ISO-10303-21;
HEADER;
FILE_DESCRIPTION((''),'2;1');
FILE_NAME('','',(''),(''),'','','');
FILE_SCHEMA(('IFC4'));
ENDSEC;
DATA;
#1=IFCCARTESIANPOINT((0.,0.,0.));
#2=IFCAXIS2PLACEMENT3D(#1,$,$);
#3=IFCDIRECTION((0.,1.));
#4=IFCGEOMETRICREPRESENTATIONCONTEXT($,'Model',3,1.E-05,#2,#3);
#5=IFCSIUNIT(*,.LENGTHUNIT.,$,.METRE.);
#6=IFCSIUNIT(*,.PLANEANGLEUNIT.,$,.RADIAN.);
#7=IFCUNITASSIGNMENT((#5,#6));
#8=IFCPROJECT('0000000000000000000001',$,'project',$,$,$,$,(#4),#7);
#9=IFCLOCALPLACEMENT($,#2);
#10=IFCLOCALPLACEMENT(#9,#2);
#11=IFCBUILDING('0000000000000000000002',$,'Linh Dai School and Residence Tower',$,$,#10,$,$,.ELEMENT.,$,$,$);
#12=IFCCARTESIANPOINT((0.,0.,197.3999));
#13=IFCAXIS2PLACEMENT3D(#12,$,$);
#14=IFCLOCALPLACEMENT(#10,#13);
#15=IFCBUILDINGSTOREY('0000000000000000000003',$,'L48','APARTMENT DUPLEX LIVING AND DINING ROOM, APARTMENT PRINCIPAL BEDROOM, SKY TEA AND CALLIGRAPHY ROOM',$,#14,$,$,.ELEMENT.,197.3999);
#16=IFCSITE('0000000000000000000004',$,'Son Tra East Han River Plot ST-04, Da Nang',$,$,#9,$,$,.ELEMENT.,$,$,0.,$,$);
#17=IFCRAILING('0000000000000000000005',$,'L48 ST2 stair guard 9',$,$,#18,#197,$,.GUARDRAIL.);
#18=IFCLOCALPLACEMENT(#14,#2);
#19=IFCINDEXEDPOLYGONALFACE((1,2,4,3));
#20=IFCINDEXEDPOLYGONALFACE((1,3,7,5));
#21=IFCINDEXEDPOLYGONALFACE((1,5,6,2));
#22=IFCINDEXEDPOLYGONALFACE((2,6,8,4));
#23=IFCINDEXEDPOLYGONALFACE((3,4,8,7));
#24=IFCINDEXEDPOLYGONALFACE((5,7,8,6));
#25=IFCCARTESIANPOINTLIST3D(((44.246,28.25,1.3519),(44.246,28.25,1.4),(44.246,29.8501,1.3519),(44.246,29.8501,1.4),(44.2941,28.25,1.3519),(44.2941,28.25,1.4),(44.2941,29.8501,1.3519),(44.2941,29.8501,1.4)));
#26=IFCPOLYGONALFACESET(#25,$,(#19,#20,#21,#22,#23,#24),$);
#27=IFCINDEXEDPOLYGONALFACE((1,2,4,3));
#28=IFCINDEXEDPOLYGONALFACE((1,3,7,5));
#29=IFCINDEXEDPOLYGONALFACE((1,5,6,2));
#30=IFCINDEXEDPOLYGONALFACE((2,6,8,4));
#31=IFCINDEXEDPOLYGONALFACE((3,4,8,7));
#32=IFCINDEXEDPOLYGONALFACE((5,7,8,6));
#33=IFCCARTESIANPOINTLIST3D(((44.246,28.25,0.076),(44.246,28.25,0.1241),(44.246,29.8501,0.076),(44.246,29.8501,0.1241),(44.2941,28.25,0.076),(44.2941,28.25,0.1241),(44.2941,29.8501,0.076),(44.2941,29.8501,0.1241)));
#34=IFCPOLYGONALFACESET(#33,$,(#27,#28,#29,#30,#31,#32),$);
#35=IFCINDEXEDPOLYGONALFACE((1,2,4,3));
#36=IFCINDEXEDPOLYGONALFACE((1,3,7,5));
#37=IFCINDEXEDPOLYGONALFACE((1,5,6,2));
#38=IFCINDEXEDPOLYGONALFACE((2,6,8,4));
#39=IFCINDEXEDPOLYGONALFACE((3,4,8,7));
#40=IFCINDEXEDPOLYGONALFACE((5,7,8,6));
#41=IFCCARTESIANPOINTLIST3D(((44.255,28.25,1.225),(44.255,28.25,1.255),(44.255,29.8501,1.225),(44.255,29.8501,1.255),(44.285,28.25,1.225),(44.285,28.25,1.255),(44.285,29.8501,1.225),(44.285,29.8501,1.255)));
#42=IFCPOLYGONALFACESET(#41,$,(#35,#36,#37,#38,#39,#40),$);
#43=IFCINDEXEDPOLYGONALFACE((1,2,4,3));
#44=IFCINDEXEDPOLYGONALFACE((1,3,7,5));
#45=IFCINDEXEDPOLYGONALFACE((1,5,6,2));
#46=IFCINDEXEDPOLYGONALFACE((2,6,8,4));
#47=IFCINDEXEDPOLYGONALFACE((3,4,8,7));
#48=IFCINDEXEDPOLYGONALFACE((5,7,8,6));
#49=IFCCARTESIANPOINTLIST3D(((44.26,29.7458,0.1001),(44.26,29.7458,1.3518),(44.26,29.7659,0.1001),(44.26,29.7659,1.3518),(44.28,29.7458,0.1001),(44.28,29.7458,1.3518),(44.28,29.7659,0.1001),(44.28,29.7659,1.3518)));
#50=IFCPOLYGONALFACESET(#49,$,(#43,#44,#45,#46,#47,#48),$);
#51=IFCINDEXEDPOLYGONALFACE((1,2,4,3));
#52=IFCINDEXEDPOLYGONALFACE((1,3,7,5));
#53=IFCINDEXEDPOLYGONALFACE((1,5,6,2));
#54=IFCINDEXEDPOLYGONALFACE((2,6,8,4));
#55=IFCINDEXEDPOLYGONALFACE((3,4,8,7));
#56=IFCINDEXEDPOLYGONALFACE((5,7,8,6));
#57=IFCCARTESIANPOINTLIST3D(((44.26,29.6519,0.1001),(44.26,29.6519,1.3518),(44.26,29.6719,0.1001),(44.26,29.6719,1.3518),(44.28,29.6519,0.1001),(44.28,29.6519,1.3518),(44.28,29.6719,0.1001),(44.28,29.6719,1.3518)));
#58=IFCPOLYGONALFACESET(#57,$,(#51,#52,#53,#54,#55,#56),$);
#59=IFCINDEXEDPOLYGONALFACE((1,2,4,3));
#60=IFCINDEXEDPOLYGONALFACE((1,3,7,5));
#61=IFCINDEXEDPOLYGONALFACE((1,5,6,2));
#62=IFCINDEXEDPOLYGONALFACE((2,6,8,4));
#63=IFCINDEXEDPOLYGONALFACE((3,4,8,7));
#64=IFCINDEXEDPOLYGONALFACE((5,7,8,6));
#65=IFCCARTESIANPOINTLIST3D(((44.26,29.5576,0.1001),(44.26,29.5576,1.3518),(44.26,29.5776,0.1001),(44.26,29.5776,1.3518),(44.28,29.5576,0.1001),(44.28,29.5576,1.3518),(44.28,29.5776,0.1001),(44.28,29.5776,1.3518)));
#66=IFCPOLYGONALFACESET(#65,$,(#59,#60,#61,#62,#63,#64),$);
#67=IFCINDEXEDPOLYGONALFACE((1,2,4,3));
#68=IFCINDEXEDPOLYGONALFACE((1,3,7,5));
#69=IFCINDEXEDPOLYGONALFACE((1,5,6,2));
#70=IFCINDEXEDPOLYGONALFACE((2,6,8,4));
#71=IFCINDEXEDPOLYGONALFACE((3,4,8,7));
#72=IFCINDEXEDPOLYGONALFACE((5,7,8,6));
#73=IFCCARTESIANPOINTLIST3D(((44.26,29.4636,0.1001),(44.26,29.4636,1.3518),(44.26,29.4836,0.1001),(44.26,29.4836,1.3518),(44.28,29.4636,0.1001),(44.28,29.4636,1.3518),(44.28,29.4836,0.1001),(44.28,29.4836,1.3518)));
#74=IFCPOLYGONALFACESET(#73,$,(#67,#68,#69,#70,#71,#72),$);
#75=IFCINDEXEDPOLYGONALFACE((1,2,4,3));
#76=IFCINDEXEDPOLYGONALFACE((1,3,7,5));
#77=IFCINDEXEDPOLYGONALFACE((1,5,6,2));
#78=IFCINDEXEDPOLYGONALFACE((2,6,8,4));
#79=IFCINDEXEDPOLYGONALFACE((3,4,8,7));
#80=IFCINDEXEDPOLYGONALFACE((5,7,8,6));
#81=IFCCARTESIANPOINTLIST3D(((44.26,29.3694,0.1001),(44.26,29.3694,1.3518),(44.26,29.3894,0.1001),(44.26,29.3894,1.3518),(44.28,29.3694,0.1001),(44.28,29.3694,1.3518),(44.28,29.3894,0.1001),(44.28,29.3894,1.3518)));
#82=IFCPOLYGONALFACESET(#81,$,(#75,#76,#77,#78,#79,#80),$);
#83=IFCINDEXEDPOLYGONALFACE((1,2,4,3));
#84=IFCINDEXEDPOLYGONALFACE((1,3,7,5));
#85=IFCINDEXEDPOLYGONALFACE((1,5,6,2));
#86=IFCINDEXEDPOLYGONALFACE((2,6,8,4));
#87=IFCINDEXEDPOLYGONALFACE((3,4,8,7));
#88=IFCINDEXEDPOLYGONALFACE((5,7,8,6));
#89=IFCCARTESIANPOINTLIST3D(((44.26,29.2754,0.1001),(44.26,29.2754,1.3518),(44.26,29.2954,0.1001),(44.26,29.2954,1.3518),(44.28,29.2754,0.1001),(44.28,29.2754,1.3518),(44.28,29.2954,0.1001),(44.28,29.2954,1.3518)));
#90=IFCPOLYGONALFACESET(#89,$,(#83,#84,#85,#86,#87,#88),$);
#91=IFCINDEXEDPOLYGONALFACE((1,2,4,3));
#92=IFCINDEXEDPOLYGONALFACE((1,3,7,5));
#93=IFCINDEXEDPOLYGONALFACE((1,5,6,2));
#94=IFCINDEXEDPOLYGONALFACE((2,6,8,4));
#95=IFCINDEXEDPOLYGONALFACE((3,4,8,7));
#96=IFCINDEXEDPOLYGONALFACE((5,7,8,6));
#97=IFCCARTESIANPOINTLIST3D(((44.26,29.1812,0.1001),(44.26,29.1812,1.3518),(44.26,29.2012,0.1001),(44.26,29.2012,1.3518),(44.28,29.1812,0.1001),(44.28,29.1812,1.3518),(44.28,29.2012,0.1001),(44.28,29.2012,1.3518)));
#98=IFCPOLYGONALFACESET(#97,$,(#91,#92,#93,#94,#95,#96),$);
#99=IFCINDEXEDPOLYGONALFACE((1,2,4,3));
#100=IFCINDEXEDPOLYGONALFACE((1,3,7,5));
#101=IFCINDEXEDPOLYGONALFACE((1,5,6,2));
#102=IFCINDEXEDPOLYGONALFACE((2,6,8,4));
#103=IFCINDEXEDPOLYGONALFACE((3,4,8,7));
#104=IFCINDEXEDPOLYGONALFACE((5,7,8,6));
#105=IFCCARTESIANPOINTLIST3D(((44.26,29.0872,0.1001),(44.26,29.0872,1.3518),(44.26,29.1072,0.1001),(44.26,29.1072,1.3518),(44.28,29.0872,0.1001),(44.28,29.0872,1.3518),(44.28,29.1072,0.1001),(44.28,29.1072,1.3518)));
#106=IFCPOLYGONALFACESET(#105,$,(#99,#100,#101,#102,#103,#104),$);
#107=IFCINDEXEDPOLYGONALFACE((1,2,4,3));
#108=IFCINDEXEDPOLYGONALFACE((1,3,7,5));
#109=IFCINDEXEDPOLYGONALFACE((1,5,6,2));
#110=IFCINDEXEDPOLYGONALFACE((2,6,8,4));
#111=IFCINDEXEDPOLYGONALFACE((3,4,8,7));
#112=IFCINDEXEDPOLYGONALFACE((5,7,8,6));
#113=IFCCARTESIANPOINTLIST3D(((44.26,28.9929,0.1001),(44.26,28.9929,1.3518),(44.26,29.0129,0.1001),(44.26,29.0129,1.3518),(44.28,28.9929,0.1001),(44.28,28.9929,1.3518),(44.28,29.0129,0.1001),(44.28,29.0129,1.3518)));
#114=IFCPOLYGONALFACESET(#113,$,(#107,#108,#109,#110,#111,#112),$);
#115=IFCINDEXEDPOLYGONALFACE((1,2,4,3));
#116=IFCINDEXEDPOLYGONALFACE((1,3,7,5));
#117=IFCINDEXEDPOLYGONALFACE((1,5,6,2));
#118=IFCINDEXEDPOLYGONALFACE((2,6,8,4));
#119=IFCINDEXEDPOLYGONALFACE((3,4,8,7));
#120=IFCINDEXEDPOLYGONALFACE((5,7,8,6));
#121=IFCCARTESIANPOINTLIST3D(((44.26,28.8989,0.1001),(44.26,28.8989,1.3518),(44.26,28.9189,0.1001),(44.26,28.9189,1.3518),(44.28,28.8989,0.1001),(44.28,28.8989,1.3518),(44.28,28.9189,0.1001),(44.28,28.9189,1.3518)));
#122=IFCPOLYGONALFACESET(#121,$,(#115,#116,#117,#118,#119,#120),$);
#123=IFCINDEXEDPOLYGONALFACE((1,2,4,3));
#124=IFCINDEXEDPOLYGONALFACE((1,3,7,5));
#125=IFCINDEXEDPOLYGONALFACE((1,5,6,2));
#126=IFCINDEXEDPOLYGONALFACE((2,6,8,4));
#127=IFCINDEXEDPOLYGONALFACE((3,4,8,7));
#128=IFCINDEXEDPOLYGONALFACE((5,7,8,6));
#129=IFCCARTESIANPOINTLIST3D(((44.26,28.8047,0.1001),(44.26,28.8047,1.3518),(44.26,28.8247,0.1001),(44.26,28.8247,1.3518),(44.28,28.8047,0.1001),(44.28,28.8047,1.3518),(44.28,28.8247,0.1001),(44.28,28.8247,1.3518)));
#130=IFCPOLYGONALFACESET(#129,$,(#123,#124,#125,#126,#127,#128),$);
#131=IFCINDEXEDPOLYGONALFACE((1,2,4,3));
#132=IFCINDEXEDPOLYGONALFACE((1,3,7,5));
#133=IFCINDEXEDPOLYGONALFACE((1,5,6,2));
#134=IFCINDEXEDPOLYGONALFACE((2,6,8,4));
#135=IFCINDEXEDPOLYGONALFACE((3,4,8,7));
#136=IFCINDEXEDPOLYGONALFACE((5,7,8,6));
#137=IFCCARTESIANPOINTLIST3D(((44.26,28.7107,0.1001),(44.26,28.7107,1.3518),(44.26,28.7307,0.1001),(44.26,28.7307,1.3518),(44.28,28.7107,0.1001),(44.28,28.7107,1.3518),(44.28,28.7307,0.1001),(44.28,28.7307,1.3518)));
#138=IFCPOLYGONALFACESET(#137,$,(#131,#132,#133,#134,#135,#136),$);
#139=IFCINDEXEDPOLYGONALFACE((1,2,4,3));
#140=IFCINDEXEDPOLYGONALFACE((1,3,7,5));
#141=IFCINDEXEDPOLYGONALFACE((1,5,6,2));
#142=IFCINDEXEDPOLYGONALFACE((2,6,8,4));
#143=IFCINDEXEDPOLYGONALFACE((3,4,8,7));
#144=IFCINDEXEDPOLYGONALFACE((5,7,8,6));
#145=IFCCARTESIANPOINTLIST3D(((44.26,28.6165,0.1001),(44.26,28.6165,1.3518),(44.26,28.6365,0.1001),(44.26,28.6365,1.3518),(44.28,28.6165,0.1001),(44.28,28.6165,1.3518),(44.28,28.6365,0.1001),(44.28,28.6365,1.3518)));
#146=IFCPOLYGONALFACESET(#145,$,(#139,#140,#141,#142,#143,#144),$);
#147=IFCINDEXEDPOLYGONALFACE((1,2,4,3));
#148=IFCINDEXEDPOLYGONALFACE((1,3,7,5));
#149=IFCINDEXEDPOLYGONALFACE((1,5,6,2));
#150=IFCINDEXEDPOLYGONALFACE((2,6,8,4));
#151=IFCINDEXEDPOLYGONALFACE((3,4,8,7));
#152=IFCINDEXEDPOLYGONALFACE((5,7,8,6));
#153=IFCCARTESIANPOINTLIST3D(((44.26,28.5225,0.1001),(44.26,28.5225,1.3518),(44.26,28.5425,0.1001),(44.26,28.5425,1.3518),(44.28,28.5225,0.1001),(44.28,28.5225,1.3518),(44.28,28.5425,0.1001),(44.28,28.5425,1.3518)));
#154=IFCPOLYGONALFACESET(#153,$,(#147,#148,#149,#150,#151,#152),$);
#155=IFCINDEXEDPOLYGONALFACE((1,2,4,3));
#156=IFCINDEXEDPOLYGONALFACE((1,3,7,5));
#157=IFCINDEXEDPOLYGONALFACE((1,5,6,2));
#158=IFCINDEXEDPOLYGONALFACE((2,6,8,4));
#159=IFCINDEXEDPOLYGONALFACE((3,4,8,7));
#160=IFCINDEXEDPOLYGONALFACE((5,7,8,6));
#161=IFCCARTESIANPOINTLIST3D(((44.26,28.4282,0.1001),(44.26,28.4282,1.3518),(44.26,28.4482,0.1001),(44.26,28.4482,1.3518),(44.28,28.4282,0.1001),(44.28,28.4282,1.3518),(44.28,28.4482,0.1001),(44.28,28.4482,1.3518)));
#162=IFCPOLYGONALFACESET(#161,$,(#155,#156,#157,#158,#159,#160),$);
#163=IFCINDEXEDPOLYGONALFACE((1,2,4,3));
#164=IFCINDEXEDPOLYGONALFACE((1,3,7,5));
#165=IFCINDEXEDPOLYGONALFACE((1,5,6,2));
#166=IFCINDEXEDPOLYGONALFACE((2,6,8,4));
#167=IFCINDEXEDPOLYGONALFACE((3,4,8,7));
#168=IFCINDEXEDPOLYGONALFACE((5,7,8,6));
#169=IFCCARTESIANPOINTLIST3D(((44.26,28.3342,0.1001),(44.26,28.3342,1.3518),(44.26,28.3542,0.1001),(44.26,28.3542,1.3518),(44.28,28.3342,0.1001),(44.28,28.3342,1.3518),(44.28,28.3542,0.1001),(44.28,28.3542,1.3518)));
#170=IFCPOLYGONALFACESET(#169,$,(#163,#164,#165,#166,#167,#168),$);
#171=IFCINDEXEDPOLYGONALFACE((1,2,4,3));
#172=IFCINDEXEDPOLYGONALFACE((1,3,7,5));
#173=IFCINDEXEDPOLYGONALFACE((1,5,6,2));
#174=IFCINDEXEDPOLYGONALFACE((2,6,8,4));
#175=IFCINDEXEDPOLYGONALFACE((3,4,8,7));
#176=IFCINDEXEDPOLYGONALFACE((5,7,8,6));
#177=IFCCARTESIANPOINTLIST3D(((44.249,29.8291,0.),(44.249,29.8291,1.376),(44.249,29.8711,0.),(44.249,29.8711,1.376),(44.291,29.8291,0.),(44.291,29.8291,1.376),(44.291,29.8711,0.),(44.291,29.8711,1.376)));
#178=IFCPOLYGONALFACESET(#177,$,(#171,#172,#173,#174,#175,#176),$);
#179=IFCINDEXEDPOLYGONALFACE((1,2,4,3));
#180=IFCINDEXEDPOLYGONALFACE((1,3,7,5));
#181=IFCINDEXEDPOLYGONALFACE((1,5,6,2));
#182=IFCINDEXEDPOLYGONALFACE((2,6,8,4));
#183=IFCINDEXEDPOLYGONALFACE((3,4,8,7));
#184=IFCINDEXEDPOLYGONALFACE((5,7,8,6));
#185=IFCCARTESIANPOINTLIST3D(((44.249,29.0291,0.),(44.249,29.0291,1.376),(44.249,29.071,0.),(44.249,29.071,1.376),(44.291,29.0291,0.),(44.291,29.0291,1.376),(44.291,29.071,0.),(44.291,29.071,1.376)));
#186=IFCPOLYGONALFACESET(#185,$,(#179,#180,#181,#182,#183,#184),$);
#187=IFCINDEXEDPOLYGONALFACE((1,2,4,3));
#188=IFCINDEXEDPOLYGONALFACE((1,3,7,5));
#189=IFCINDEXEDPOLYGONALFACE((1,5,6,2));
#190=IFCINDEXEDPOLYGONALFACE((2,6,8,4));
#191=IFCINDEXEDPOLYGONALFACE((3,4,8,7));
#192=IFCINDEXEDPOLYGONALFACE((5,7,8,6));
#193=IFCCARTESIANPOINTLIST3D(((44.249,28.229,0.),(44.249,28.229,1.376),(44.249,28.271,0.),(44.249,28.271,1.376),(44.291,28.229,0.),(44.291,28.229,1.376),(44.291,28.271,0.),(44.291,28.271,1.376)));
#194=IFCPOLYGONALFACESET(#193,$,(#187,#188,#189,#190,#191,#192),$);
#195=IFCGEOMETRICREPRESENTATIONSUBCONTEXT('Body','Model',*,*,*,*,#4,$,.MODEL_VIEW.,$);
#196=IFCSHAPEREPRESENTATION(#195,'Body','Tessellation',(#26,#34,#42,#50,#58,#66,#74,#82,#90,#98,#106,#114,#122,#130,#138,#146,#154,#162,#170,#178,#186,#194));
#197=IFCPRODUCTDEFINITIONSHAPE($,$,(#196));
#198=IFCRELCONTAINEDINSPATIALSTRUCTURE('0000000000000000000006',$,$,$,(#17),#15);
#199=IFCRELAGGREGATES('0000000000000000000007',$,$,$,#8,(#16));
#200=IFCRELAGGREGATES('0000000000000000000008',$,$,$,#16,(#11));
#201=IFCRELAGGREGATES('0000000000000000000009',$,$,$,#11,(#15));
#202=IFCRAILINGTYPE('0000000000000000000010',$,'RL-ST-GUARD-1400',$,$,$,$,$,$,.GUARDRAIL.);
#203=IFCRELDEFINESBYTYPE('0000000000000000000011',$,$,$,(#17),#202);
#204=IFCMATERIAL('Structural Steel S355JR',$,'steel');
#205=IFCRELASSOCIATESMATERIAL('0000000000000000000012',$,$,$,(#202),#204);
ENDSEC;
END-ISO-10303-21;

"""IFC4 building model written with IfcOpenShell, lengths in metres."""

from ifc_helpers import new_model, si_unit, direction, frame, origin, origin_2d, place, context, subcontext, project, spatial, rectangle, extrude, source, transform, mapped, material, type_object, element, save


model = new_model("IFC4")

# Units and contexts
model_context = context("Model", 3, precision=1e-05, world=origin(), true_north=direction((0.0, 1.0)))
body_context = subcontext(model_context, "Body", "Model", "MODEL_VIEW")
ifc_project = project(units=[si_unit("LENGTHUNIT", "METRE"), si_unit("PLANEANGLEUNIT", "RADIAN")], contexts=[model_context])

# Site, building, storey
site_placement = place(None, origin())
site = spatial("IfcSite", under=ifc_project, at=site_placement, Name="Son Tra East Han River Plot ST-04, Da Nang", CompositionType="ELEMENT", RefElevation=0.0)
building_placement = place(site_placement, origin())
building = spatial("IfcBuilding", under=site, at=building_placement, Name="Linh Dai School and Residence Tower", CompositionType="ELEMENT")
storey_placement = place(building_placement, frame((0.0, 0.0, 197.3999)))
storey = spatial("IfcBuildingStorey", under=building, at=storey_placement, Name="L48", Description="APARTMENT DUPLEX LIVING AND DINING ROOM, APARTMENT PRINCIPAL BEDROOM, SKY TEA AND CALLIGRAPHY ROOM", CompositionType="ELEMENT", Elevation=197.3999)

# Shared definitions
ifc_material_1 = material(Name="Structural Steel S355JR", Category="steel")

# Railing
railing_type_1 = type_object("IfcRailingType", Name="RL-ST-GUARD-1400", PredefinedType="GUARDRAIL", material=ifc_material_1)
shared_shape_1 = source(origin(), body_context, "Body", "SweptSolid", [
    extrude(rectangle(XDim=0.0481, YDim=0.0481, at=origin_2d()), frame((0.0, 0.0, 1.376), z_axis=(0.0, -1.0, 0.0), x_axis=(1.0, 0.0, 0.0)), (0.0, 0.0, 1.0), 1.6001),
    extrude(rectangle(XDim=0.0481, YDim=0.0481, at=origin_2d()), frame((0.0, 0.0, 0.1001), z_axis=(0.0, -1.0, 0.0), x_axis=(1.0, 0.0, 0.0)), (0.0, 0.0, 1.0), 1.6001),
    extrude(rectangle(XDim=0.03, YDim=0.03, at=origin_2d()), frame((0.0, 0.0, 1.24), z_axis=(0.0, -1.0, 0.0), x_axis=(1.0, 0.0, 0.0)), (0.0, 0.0, 1.0), 1.6001),
    extrude(rectangle(XDim=0.02, YDim=0.02, at=origin_2d()), frame((0.0, -0.0942, 0.1001)), (0.0, 0.0, 1.0), 1.2517),
    extrude(rectangle(XDim=0.02, YDim=0.02, at=origin_2d()), frame((0.0, -0.1882, 0.1001)), (0.0, 0.0, 1.0), 1.2517),
    extrude(rectangle(XDim=0.02, YDim=0.02, at=origin_2d()), frame((0.0, -0.2825, 0.1001)), (0.0, 0.0, 1.0), 1.2517),
    extrude(rectangle(XDim=0.02, YDim=0.02, at=origin_2d()), frame((0.0, -0.3765, 0.1001)), (0.0, 0.0, 1.0), 1.2517),
    extrude(rectangle(XDim=0.02, YDim=0.02, at=origin_2d()), frame((0.0, -0.4707, 0.1001)), (0.0, 0.0, 1.0), 1.2517),
    extrude(rectangle(XDim=0.02, YDim=0.02, at=origin_2d()), frame((0.0, -0.5647, 0.1001)), (0.0, 0.0, 1.0), 1.2517),
    extrude(rectangle(XDim=0.02, YDim=0.02, at=origin_2d()), frame((0.0, -0.6589, 0.1001)), (0.0, 0.0, 1.0), 1.2517),
    extrude(rectangle(XDim=0.02, YDim=0.02, at=origin_2d()), frame((0.0, -0.7529, 0.1001)), (0.0, 0.0, 1.0), 1.2517),
    extrude(rectangle(XDim=0.02, YDim=0.02, at=origin_2d()), frame((0.0, -0.8472, 0.1001)), (0.0, 0.0, 1.0), 1.2517),
    extrude(rectangle(XDim=0.02, YDim=0.02, at=origin_2d()), frame((0.0, -0.9412, 0.1001)), (0.0, 0.0, 1.0), 1.2517),
    extrude(rectangle(XDim=0.02, YDim=0.02, at=origin_2d()), frame((0.0, -1.0354, 0.1001)), (0.0, 0.0, 1.0), 1.2517),
    extrude(rectangle(XDim=0.02, YDim=0.02, at=origin_2d()), frame((0.0, -1.1294, 0.1001)), (0.0, 0.0, 1.0), 1.2517),
    extrude(rectangle(XDim=0.02, YDim=0.02, at=origin_2d()), frame((0.0, -1.2236, 0.1001)), (0.0, 0.0, 1.0), 1.2517),
    extrude(rectangle(XDim=0.02, YDim=0.02, at=origin_2d()), frame((0.0, -1.3176, 0.1001)), (0.0, 0.0, 1.0), 1.2517),
    extrude(rectangle(XDim=0.02, YDim=0.02, at=origin_2d()), frame((0.0, -1.4119, 0.1001)), (0.0, 0.0, 1.0), 1.2517),
    extrude(rectangle(XDim=0.02, YDim=0.02, at=origin_2d()), frame((0.0, -1.5059, 0.1001)), (0.0, 0.0, 1.0), 1.2517),
    extrude(rectangle(XDim=0.042, YDim=0.042, at=origin_2d()), origin(), (0.0, 0.0, 1.0), 1.376),
    extrude(rectangle(XDim=0.042, YDim=0.042, at=origin_2d()), frame((0.0, -0.8, 0.0)), (0.0, 0.0, 1.0), 1.376),
    extrude(rectangle(XDim=0.042, YDim=0.042, at=origin_2d()), frame((0.0, -1.6001, 0.0)), (0.0, 0.0, 1.0), 1.376),
])
for number, where, name in (
    (1, (44.27, 29.8501, 0.0), "L48 ST2 stair guard 9"),
):
    element("IfcRailing", number, at=place(storey_placement, frame(where)), inside=storey, type_object=railing_type_1, Name=name, PredefinedType="GUARDRAIL", context=body_context, shape_type="MappedRepresentation", body=[
        mapped(shared_shape_1, transform((0.0, 0.0, 0.0), x_axis=(1.0, 0.0, 0.0), y_axis=(0.0, 1.0, 0.0), z_axis=(0.0, 0.0, 1.0), scale=1.0)),
    ])

save(model, "model.ifc")
